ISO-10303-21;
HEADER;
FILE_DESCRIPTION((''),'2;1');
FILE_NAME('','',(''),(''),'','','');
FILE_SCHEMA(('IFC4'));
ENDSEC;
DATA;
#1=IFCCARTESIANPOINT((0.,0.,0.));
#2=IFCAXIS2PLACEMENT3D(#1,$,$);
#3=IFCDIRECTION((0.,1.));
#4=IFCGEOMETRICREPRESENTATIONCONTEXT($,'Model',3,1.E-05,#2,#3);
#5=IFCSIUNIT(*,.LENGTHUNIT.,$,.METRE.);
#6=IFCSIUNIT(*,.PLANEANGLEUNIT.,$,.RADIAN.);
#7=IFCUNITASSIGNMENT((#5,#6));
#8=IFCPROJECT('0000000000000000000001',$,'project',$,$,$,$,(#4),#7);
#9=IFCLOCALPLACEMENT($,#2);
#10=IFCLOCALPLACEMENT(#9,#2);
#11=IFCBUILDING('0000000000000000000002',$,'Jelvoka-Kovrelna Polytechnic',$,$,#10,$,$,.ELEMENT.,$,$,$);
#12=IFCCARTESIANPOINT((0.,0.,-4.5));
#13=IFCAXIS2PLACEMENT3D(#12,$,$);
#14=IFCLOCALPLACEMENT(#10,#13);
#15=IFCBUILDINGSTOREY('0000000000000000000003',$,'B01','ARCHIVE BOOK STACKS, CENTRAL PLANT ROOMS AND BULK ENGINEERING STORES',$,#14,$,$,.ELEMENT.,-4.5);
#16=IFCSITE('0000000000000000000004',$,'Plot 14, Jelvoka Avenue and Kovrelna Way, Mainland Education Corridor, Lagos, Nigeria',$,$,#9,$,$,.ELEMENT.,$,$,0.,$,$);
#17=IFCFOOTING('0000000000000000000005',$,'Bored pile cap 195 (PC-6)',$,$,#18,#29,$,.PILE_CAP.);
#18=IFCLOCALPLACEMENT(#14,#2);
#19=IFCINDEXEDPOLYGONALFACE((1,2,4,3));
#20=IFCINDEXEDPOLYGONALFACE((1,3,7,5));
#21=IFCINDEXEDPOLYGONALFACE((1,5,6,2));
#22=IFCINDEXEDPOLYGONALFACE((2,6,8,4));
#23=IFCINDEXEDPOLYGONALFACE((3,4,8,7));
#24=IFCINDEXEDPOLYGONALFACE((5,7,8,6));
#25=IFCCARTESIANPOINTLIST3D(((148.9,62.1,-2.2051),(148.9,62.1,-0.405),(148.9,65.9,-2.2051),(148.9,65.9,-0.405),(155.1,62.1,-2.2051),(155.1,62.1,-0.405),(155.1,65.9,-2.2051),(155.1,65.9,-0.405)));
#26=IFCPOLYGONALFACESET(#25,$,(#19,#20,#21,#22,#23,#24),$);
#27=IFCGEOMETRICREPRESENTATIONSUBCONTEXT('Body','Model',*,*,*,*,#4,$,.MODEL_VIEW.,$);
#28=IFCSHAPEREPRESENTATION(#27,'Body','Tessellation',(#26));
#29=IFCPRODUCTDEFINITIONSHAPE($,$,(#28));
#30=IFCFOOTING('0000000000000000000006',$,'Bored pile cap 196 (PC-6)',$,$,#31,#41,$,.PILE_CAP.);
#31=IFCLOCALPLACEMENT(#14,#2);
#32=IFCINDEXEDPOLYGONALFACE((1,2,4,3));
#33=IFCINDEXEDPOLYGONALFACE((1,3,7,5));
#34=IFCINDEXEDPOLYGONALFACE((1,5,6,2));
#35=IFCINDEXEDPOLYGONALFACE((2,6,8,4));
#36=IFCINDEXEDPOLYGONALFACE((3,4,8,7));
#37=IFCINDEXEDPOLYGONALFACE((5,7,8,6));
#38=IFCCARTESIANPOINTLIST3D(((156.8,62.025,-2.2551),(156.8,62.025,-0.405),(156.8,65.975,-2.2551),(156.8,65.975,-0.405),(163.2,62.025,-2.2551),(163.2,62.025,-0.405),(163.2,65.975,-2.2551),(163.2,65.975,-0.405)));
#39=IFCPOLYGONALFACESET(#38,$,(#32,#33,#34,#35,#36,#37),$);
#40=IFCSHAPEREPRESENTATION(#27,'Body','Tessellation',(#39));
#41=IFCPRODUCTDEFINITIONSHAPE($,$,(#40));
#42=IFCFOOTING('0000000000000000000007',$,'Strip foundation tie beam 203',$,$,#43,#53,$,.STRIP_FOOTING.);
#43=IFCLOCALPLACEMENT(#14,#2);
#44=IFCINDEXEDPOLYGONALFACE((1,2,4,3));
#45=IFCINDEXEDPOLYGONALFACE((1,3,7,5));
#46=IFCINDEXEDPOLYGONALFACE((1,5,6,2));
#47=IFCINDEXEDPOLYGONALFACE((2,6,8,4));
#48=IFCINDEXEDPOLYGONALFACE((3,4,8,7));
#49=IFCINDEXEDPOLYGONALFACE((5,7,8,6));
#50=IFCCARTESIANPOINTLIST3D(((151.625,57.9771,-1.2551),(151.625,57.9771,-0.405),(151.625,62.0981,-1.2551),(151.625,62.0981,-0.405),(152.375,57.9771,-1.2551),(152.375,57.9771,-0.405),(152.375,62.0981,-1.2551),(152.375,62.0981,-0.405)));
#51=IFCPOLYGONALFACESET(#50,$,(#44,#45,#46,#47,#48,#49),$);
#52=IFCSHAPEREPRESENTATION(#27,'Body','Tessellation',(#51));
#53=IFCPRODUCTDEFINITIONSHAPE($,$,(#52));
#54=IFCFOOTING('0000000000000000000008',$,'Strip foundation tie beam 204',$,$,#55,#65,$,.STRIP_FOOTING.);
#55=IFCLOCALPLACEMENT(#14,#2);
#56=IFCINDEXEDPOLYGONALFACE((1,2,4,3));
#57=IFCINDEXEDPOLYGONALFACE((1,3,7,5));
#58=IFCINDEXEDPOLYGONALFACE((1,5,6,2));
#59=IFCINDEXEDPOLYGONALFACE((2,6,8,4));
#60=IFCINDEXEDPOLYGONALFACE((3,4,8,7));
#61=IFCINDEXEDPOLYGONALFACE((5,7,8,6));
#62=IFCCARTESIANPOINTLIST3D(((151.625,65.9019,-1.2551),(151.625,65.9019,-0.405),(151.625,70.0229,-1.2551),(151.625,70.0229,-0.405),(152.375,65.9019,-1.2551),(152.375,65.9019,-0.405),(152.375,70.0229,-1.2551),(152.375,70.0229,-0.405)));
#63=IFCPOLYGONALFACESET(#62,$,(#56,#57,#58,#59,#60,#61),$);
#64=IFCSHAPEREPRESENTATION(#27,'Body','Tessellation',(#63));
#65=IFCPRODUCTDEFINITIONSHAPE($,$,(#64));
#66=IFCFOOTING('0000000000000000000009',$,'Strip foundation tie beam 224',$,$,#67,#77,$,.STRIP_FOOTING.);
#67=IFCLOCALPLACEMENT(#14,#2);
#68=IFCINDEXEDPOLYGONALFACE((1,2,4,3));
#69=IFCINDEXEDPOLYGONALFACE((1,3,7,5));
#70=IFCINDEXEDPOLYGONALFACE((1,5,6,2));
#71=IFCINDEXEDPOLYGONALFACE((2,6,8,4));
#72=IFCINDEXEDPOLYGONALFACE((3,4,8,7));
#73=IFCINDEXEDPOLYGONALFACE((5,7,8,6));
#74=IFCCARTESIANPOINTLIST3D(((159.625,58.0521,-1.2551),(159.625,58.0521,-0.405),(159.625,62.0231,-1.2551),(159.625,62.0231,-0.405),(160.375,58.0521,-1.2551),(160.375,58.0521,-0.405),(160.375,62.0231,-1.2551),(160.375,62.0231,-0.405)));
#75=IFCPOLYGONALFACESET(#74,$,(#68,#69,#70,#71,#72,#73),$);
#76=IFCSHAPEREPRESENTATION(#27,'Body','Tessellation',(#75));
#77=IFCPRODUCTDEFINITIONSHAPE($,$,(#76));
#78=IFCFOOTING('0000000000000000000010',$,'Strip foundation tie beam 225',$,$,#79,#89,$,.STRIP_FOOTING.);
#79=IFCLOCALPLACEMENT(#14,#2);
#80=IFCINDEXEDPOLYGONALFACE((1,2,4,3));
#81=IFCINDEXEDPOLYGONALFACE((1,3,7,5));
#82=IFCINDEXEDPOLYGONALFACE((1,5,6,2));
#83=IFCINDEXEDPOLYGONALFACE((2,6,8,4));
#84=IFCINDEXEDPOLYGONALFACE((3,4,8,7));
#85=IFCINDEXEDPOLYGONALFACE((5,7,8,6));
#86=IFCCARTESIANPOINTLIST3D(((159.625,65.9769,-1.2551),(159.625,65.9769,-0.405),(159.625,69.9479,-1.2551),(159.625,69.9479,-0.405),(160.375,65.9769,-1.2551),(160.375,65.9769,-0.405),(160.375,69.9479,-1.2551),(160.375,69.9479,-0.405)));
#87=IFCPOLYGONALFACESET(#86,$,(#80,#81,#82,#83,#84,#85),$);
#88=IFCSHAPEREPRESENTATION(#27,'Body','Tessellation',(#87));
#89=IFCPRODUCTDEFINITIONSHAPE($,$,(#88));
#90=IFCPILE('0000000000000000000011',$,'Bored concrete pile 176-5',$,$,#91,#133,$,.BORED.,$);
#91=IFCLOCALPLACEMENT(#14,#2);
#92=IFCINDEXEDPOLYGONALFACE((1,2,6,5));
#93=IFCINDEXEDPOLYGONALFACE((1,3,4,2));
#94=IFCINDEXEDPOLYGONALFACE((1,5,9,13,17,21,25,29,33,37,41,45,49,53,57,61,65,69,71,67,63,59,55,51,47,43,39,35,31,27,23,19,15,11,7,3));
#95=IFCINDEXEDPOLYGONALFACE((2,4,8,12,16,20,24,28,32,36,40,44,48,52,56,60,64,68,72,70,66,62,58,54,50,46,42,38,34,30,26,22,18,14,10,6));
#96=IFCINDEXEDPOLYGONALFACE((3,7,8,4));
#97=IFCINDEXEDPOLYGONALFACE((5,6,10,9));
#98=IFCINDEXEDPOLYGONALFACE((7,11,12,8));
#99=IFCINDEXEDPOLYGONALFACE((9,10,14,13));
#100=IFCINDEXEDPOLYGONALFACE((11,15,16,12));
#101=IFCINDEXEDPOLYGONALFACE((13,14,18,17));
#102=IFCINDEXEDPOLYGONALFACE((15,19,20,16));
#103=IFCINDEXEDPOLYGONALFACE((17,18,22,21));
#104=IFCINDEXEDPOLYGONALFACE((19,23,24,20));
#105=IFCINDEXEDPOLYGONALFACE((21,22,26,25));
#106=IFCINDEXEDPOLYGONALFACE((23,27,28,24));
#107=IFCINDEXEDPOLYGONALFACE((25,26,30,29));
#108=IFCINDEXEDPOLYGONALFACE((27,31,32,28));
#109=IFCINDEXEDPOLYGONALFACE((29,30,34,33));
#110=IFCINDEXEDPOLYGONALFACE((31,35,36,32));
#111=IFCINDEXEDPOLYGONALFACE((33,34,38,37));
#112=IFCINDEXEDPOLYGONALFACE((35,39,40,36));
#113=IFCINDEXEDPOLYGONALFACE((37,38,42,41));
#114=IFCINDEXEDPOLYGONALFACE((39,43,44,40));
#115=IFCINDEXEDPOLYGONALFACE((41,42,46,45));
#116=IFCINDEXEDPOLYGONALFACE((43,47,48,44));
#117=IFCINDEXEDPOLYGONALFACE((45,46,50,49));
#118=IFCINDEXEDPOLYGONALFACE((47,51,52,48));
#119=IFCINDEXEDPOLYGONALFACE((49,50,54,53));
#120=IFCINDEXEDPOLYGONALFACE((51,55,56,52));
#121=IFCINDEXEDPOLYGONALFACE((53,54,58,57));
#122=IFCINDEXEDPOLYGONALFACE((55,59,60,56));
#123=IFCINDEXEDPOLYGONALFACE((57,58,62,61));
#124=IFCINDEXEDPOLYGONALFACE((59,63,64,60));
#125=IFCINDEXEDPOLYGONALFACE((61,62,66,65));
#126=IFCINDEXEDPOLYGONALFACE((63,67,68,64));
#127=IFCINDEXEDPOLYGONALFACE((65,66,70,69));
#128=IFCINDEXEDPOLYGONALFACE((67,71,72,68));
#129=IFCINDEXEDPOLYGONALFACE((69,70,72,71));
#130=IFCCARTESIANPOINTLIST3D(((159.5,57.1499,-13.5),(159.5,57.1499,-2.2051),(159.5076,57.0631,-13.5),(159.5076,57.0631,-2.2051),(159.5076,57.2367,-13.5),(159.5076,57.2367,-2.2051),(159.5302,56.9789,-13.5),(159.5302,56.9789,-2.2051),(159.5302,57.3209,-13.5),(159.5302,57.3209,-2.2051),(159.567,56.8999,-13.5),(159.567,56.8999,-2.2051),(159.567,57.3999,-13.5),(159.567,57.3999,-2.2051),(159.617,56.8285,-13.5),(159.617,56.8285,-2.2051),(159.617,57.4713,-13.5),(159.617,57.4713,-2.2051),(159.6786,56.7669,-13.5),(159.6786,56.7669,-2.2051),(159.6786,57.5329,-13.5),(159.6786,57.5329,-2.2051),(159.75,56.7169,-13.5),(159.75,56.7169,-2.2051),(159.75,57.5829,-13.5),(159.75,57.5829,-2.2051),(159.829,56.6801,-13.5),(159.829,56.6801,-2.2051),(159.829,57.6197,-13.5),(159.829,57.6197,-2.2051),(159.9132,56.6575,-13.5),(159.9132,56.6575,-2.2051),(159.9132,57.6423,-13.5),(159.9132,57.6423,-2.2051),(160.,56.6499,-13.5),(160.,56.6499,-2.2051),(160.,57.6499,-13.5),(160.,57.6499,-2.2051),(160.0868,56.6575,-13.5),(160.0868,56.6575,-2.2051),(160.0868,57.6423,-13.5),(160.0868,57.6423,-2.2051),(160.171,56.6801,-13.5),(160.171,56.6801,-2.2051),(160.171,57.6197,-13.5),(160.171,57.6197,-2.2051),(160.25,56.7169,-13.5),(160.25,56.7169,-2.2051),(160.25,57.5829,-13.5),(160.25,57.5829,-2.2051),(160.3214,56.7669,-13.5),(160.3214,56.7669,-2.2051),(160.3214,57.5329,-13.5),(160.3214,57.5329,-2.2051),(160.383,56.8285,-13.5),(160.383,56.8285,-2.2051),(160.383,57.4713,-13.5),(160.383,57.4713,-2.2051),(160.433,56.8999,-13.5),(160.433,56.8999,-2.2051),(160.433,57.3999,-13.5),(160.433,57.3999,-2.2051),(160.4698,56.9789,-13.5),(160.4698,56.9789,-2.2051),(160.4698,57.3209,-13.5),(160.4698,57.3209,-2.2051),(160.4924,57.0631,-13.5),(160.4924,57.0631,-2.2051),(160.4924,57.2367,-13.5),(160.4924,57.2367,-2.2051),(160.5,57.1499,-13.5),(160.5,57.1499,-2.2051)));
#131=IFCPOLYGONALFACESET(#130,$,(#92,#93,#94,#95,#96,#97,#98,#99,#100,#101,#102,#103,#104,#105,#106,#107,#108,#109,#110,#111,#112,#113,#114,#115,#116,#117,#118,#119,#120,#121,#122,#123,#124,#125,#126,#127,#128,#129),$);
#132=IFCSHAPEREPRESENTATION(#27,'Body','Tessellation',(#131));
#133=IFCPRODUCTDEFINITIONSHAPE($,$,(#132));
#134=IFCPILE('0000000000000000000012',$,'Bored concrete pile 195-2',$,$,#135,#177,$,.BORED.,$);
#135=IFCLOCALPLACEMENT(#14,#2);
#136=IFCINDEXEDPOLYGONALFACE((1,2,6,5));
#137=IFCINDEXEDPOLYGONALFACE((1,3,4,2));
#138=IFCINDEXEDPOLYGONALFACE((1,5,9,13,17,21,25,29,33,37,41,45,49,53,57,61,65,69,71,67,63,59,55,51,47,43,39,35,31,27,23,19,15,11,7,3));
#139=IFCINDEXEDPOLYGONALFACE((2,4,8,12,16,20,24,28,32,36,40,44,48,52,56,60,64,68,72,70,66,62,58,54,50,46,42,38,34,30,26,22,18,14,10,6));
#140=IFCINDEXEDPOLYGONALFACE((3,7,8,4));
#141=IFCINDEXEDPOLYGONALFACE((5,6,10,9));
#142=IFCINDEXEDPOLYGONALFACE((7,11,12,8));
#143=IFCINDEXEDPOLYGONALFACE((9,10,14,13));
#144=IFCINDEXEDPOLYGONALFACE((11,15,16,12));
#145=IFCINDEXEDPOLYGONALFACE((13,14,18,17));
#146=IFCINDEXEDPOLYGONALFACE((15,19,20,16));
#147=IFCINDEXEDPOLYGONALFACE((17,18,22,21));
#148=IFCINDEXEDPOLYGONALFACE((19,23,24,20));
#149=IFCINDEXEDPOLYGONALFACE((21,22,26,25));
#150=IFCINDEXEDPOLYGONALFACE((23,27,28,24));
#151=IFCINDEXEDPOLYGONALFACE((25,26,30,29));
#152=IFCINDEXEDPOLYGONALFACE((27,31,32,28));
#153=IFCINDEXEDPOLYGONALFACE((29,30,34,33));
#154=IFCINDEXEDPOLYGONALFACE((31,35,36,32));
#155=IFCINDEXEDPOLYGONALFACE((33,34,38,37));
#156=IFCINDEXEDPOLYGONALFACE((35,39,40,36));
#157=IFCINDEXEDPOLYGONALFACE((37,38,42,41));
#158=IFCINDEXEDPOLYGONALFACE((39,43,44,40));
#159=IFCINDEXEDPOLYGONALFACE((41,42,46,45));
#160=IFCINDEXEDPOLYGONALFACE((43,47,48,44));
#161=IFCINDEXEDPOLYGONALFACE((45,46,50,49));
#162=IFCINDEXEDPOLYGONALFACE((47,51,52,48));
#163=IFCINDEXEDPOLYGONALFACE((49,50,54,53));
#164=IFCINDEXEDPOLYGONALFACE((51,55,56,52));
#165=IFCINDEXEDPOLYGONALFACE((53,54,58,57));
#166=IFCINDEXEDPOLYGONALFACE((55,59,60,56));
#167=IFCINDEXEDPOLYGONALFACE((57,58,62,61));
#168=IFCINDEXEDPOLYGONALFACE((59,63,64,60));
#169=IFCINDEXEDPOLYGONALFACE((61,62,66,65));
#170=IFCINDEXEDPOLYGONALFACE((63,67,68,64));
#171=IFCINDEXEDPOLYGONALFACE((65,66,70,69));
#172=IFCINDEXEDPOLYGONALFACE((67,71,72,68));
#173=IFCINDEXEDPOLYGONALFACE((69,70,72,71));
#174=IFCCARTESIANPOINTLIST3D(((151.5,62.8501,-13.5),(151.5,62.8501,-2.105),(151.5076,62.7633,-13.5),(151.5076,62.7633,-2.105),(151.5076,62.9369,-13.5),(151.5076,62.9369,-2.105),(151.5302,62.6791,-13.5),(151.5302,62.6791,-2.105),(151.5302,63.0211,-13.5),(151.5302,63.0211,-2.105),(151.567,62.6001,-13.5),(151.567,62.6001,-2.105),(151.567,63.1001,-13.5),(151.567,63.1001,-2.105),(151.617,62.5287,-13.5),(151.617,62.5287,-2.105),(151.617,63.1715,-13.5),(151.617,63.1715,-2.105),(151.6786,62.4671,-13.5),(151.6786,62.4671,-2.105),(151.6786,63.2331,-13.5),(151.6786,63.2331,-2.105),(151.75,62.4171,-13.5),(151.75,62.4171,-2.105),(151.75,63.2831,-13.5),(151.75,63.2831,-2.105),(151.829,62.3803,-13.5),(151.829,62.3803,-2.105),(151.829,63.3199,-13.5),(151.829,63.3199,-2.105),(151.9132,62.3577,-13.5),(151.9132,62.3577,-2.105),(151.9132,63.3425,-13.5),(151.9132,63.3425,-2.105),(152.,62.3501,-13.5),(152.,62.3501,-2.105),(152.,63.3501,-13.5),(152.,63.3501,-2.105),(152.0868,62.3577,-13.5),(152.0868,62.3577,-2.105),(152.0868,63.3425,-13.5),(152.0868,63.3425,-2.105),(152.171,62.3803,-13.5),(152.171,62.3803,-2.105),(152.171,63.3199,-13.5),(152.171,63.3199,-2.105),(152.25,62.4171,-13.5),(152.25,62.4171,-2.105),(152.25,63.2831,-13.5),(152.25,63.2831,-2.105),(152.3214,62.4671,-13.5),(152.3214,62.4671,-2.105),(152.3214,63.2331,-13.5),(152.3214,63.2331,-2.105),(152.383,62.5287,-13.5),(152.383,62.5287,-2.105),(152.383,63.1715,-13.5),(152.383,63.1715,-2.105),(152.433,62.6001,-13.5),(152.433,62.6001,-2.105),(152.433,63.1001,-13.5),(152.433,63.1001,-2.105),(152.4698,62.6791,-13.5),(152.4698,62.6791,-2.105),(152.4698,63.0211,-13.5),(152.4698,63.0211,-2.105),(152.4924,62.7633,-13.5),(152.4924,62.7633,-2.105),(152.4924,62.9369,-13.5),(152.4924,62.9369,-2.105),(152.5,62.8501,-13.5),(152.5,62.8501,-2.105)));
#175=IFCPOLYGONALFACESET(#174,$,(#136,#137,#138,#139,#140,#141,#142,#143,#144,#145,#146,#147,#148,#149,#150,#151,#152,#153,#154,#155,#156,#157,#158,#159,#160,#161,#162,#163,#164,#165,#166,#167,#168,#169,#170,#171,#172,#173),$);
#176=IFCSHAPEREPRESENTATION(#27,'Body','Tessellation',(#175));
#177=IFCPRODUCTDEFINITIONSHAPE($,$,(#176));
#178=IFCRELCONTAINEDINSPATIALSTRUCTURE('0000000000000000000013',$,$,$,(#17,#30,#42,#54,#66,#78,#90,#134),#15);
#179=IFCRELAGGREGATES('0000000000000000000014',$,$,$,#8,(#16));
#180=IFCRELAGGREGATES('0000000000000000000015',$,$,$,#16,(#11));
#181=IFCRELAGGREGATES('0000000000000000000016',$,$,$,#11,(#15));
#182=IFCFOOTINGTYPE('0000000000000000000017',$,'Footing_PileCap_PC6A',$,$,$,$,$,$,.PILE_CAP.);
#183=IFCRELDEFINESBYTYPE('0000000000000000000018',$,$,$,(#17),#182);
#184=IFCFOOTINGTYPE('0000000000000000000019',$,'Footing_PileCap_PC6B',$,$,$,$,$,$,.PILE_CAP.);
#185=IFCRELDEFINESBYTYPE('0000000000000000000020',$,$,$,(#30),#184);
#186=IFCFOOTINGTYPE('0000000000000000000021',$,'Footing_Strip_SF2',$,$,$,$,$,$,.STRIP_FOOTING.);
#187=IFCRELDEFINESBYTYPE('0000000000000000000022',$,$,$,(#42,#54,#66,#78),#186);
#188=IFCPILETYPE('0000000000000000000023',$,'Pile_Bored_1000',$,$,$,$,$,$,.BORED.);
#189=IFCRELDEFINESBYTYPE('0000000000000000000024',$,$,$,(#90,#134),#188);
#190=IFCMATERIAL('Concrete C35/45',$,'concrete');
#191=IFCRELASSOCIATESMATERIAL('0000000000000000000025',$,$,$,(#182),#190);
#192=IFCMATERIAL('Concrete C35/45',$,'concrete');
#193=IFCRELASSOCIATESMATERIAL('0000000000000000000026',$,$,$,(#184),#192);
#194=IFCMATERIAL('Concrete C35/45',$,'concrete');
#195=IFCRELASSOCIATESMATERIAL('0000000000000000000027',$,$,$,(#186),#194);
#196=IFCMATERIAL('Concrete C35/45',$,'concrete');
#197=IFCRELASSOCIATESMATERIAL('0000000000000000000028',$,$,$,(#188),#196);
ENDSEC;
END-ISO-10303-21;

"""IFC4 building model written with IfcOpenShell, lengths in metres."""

from ifc_helpers import new_model, si_unit, direction, frame, origin, origin_2d, place, context, subcontext, project, spatial, rectangle, circle, extrude, material, material_profile, profile_set, type_object, element, save


model = new_model("IFC4")

# Units and contexts
model_context = context("Model", 3, precision=1e-05, world=origin(), true_north=direction((0.0, 1.0)))
body_context = subcontext(model_context, "Body", "Model", "MODEL_VIEW")
ifc_project = project(units=[si_unit("LENGTHUNIT", "METRE"), si_unit("PLANEANGLEUNIT", "RADIAN")], contexts=[model_context])

# Site, building, storey
site_placement = place(None, origin())
site = spatial("IfcSite", under=ifc_project, at=site_placement, Name="Plot 14, Jelvoka Avenue and Kovrelna Way, Mainland Education Corridor, Lagos, Nigeria", CompositionType="ELEMENT", RefElevation=0.0)
building_placement = place(site_placement, origin())
building = spatial("IfcBuilding", under=site, at=building_placement, Name="Jelvoka-Kovrelna Polytechnic", CompositionType="ELEMENT")
storey_placement = place(building_placement, frame((0.0, 0.0, -4.5)))
storey = spatial("IfcBuildingStorey", under=building, at=storey_placement, Name="B01", Description="ARCHIVE BOOK STACKS, CENTRAL PLANT ROOMS AND BULK ENGINEERING STORES", CompositionType="ELEMENT", Elevation=-4.5)

# Footings
ifc_material_1 = material(Name="Concrete C35/45", Category="concrete")
footing_type_1 = type_object("IfcFootingType", Name="Footing_PileCap_PC6A", PredefinedType="PILE_CAP", material=ifc_material_1)
footing_1_placement = place(storey_placement, frame((152.0, 64.0, -2.2051), z_axis=(0.0, 0.0, 1.0), x_axis=(1.0, 0.0, 0.0)))
element("IfcFooting", 1, at=footing_1_placement, inside=storey, type_object=footing_type_1, Name="Bored pile cap 195 (PC-6)", PredefinedType="PILE_CAP", context=body_context, shape_type="SweptSolid", body=[
    extrude(rectangle(XDim=6.2, YDim=3.8, at=origin_2d()), origin(), (0.0, 0.0, 1.0), 1.8),
])
ifc_material_2 = material(Name="Concrete C35/45", Category="concrete")
footing_type_2 = type_object("IfcFootingType", Name="Footing_PileCap_PC6B", PredefinedType="PILE_CAP", material=ifc_material_2)
footing_2_placement = place(storey_placement, frame((160.0, 64.0, -2.2551), z_axis=(0.0, 0.0, 1.0), x_axis=(1.0, 0.0, 0.0)))
element("IfcFooting", 2, at=footing_2_placement, inside=storey, type_object=footing_type_2, Name="Bored pile cap 196 (PC-6)", PredefinedType="PILE_CAP", context=body_context, shape_type="SweptSolid", body=[
    extrude(rectangle(XDim=6.3999, YDim=3.95, at=origin_2d()), origin(), (0.0, 0.0, 1.0), 1.8501),
])
ifc_material_3 = material(Name="Concrete C35/45", Category="concrete")
footing_type_3 = type_object("IfcFootingType", Name="Footing_Strip_SF2", PredefinedType="STRIP_FOOTING", material=ifc_material_3)
for number, where, z_axis, x_axis, name in (
    (3, (152.0, 60.0376, -1.2551), (0.0, 0.0, 1.0), (0.0, 1.0, 0.0), "Strip foundation tie beam 203"),
    (4, (152.0, 67.9624, -1.2551), (0.0, 0.0, 1.0), (0.0, 1.0, 0.0), "Strip foundation tie beam 204"),
):
    element("IfcFooting", number, at=place(storey_placement, frame(where, z_axis=z_axis, x_axis=x_axis)), inside=storey, type_object=footing_type_3, Name=name, PredefinedType="STRIP_FOOTING", context=body_context, shape_type="SweptSolid", body=[
        extrude(rectangle(XDim=4.1211, YDim=0.75, at=origin_2d()), origin(), (0.0, 0.0, 1.0), 0.8501),
    ])
for number, where, z_axis, x_axis, name in (
    (5, (160.0, 60.0376, -1.2551), (0.0, 0.0, 1.0), (0.0, 1.0, 0.0), "Strip foundation tie beam 224"),
    (6, (160.0, 67.9624, -1.2551), (0.0, 0.0, 1.0), (0.0, 1.0, 0.0), "Strip foundation tie beam 225"),
):
    element("IfcFooting", number, at=place(storey_placement, frame(where, z_axis=z_axis, x_axis=x_axis)), inside=storey, type_object=footing_type_3, Name=name, PredefinedType="STRIP_FOOTING", context=body_context, shape_type="SweptSolid", body=[
        extrude(rectangle(XDim=3.9709, YDim=0.75, at=origin_2d()), origin(), (0.0, 0.0, 1.0), 0.8501),
    ])

# Piles
ifc_material_4 = material(Name="Concrete C35/45", Category="concrete")
ifc_material_profile_1 = material_profile(ifc_material_4, circle(Radius=0.5, at=origin_2d()), Name="PILE D1000")
ifc_profile_set_1 = profile_set([ifc_material_profile_1], Name="Concrete C35/45")
pile_type = type_object("IfcPileType", Name="Pile_Bored_1000", PredefinedType="BORED", material=ifc_profile_set_1)
pile_placement = place(storey_placement, frame((160.0, 57.1499, -2.2051), z_axis=(0.0, 0.0, -1.0), x_axis=(1.0, 0.0, 0.0)))
element("IfcPile", 7, at=pile_placement, inside=storey, type_object=pile_type, Name="Bored concrete pile 176-5", PredefinedType="BORED", context=body_context, shape_type="SweptSolid", body=[
    extrude(circle(Radius=0.5, at=origin_2d()), origin(), (0.0, 0.0, 1.0), 11.2949),
])
for number, where, z_axis, x_axis, name in (
    (8, (152.0, 62.8501, -2.105), (0.0, 0.0, -1.0), (1.0, 0.0, 0.0), "Bored concrete pile 195-2"),
):
    element("IfcPile", number, at=place(storey_placement, frame(where, z_axis=z_axis, x_axis=x_axis)), inside=storey, type_object=pile_type, Name=name, PredefinedType="BORED", context=body_context, shape_type="SweptSolid", body=[
        extrude(circle(Radius=0.5, at=origin_2d()), origin(), (0.0, 0.0, 1.0), 11.395),
    ])

save(model, "model.ifc")
